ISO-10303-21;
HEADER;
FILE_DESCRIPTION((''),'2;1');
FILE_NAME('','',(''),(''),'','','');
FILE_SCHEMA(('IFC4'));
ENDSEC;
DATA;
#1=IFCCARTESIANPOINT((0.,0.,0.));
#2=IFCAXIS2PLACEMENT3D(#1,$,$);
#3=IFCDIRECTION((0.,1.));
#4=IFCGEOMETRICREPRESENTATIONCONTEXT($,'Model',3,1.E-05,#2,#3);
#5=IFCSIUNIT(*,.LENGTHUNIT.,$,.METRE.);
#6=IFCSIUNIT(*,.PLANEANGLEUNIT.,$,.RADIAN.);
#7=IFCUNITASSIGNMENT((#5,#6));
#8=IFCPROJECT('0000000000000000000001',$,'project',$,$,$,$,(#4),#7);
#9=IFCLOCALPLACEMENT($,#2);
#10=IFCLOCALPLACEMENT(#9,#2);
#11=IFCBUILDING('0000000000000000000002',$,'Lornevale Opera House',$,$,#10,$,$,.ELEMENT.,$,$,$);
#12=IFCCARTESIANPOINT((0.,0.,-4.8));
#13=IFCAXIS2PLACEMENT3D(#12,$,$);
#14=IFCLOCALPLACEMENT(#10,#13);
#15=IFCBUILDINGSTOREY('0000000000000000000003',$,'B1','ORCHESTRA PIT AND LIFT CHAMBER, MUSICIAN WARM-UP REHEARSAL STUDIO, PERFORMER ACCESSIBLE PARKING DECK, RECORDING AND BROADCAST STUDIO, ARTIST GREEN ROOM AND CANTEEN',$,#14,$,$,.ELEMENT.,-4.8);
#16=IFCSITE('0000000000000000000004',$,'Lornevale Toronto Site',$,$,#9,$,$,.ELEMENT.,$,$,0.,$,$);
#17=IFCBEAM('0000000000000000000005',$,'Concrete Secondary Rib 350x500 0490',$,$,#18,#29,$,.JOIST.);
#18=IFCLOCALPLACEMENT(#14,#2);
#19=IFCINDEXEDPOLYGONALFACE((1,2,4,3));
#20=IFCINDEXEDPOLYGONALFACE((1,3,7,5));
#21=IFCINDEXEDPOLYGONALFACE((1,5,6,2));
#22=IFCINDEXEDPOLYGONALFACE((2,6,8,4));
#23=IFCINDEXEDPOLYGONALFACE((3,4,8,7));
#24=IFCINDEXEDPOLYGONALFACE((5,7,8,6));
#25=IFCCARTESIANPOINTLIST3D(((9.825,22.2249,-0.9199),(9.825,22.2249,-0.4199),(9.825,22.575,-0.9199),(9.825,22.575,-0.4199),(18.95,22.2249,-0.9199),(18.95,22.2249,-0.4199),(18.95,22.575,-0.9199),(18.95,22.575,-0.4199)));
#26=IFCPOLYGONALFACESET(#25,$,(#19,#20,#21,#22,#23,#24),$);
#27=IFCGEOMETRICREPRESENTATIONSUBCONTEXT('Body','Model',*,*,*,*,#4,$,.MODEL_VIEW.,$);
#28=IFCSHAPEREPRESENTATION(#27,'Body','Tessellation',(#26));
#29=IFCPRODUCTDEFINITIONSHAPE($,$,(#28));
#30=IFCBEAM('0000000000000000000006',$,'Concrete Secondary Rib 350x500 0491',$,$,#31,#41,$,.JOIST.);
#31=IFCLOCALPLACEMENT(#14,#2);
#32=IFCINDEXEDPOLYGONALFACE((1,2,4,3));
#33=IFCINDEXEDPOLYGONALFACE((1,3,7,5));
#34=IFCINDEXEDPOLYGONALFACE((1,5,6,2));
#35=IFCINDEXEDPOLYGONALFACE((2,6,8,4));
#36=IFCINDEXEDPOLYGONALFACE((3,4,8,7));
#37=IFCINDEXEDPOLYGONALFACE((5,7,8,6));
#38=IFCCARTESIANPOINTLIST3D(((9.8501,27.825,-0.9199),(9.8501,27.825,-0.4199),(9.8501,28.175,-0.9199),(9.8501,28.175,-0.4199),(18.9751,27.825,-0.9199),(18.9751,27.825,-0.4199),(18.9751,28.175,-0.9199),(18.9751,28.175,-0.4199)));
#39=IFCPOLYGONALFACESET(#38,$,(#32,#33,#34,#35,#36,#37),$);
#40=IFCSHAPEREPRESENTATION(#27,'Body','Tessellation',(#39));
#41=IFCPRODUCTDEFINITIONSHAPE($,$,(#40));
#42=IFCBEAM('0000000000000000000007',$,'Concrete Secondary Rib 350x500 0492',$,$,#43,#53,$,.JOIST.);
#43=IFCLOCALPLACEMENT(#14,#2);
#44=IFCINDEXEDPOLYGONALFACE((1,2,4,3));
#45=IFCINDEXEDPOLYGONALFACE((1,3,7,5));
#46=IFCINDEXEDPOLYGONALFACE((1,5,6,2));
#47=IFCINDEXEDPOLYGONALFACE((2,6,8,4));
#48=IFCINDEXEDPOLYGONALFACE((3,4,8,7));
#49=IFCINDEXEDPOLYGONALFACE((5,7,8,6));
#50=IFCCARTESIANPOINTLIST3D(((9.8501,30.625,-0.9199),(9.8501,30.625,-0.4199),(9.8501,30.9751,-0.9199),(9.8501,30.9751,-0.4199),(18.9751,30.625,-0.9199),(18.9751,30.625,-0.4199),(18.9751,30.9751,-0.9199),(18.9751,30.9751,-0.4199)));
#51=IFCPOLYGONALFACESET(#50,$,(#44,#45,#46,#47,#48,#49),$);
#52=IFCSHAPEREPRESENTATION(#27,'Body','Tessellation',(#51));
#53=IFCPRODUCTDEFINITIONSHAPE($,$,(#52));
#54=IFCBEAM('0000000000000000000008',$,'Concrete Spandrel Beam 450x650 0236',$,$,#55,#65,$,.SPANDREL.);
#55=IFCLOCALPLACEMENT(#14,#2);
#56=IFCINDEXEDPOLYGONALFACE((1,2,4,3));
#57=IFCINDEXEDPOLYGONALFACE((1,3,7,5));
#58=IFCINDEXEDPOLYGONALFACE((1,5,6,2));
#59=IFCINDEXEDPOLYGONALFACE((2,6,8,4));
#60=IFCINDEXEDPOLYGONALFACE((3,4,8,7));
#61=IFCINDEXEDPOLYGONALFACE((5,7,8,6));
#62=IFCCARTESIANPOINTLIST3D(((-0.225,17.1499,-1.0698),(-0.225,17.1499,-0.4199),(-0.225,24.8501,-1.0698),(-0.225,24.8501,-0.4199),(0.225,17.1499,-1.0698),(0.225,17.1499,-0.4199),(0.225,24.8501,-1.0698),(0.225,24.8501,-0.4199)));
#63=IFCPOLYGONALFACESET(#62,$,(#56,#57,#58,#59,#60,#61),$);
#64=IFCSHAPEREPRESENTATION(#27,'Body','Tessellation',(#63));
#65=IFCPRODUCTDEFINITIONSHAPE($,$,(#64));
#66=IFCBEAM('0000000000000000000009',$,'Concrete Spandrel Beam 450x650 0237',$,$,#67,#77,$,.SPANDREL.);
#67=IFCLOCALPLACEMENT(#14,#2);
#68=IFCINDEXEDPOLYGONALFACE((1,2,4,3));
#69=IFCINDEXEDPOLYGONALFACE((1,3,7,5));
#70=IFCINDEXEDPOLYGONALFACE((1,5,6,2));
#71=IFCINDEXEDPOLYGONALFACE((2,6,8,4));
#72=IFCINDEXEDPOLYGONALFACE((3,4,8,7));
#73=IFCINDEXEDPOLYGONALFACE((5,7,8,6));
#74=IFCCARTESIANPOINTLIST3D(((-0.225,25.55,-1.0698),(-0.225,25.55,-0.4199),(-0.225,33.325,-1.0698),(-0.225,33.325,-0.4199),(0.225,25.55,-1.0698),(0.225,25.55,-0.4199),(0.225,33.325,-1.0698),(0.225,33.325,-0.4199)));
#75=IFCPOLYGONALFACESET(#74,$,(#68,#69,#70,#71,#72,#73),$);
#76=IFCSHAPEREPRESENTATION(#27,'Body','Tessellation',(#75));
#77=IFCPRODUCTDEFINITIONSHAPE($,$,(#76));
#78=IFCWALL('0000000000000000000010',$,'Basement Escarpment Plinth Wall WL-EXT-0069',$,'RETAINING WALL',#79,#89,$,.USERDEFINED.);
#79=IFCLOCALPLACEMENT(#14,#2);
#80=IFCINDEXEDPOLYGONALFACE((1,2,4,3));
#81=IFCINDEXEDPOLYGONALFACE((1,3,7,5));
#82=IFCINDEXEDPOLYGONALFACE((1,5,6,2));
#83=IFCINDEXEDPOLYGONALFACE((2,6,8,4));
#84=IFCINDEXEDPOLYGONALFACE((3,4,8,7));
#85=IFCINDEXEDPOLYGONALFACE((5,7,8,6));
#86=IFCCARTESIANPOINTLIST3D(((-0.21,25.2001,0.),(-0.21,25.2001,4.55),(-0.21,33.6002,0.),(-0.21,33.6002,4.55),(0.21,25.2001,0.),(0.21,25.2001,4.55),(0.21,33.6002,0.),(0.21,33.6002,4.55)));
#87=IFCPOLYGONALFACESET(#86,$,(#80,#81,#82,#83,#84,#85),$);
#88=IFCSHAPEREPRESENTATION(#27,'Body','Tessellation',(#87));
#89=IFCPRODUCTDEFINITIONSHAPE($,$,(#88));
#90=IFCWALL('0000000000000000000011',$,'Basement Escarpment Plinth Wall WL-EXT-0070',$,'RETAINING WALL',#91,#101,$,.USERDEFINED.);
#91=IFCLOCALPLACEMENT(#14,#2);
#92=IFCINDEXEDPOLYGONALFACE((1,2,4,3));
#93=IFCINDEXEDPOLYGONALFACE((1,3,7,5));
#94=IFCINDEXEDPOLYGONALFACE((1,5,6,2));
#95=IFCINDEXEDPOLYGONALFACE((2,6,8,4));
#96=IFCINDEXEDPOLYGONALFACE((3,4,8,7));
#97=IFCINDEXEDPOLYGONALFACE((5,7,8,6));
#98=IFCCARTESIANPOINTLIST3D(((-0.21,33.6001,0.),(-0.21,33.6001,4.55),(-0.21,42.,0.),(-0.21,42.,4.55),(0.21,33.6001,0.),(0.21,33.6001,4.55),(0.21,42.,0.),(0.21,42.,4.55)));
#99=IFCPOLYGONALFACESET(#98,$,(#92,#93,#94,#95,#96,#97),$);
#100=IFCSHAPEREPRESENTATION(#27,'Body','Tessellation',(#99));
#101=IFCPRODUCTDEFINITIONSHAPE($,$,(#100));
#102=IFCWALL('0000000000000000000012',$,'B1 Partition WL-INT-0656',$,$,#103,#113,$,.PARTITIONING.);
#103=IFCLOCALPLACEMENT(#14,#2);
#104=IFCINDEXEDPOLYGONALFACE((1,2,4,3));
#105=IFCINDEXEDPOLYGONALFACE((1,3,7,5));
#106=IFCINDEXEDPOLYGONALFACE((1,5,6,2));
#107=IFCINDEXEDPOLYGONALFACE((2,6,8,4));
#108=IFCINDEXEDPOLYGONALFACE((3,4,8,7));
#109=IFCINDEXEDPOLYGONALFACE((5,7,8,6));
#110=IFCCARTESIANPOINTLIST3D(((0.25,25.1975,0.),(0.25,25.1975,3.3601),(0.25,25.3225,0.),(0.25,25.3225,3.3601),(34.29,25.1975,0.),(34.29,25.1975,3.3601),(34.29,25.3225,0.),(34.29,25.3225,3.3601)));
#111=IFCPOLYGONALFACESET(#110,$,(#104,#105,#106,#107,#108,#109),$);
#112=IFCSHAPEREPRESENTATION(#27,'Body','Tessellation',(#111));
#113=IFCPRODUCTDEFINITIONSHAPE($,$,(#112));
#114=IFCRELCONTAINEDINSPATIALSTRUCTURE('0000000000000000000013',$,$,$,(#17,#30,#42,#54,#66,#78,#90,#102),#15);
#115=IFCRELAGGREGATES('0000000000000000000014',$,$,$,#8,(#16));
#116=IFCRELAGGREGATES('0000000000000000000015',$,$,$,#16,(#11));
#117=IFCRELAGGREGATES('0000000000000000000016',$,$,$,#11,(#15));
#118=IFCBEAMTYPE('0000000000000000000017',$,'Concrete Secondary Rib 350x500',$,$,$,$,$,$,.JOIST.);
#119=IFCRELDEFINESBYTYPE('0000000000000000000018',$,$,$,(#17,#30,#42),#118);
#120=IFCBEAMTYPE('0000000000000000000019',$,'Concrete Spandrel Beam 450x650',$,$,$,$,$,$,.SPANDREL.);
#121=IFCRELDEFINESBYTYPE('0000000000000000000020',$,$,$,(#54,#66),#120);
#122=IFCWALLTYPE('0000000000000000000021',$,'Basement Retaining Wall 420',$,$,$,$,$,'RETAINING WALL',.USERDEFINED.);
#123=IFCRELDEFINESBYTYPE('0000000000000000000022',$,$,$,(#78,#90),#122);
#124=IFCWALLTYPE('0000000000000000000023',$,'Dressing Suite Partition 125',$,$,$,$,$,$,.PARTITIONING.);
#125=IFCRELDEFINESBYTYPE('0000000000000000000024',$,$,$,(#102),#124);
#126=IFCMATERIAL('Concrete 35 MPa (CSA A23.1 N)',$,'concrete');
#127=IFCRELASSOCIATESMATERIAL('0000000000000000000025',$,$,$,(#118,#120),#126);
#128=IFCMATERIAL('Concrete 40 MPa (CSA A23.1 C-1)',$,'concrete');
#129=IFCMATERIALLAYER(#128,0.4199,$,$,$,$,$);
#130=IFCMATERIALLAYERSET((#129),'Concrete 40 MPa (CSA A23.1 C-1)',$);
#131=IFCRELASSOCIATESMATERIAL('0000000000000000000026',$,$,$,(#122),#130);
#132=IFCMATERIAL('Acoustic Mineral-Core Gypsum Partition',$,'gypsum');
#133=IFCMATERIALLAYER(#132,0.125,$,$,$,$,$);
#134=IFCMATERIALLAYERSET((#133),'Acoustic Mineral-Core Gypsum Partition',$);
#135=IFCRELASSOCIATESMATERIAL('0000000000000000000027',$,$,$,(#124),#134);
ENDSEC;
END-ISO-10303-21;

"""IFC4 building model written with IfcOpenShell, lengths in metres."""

from ifc_helpers import new_model, si_unit, direction, frame, frame_2d, origin, origin_2d, place, context, subcontext, project, spatial, rectangle, extrude, material, layer, layer_set, material_profile, profile_set, type_object, element, save


model = new_model("IFC4")

# Units and contexts
model_context = context("Model", 3, precision=1e-05, world=origin(), true_north=direction((0.0, 1.0)))
body_context = subcontext(model_context, "Body", "Model", "MODEL_VIEW")
ifc_project = project(units=[si_unit("LENGTHUNIT", "METRE"), si_unit("PLANEANGLEUNIT", "RADIAN")], contexts=[model_context])

# Site, building, storey
site_placement = place(None, origin())
site = spatial("IfcSite", under=ifc_project, at=site_placement, Name="Lornevale Toronto Site", CompositionType="ELEMENT", RefElevation=0.0)
building_placement = place(site_placement, origin())
building = spatial("IfcBuilding", under=site, at=building_placement, Name="Lornevale Opera House", CompositionType="ELEMENT")
storey_placement = place(building_placement, frame((0.0, 0.0, -4.8)))
storey = spatial("IfcBuildingStorey", under=building, at=storey_placement, Name="B1", Description="ORCHESTRA PIT AND LIFT CHAMBER, MUSICIAN WARM-UP REHEARSAL STUDIO, PERFORMER ACCESSIBLE PARKING DECK, RECORDING AND BROADCAST STUDIO, ARTIST GREEN ROOM AND CANTEEN", CompositionType="ELEMENT", Elevation=-4.8)

# Shared definitions
ifc_material_1 = material(Name="Concrete 35 MPa (CSA A23.1 N)", Category="concrete")
ifc_material_2 = material(Name="Concrete 40 MPa (CSA A23.1 C-1)", Category="concrete")

# Beams
ifc_material_profile_1 = material_profile(ifc_material_1, rectangle(XDim=0.3501, YDim=0.5, at=origin_2d()), Name="RC350x500")
ifc_profile_set_1 = profile_set([ifc_material_profile_1], Name="Concrete 35 MPa (CSA A23.1 N)")
beam_type_1 = type_object("IfcBeamType", Name="Concrete Secondary Rib 350x500", PredefinedType="JOIST", material=ifc_profile_set_1)
for number, where, z_axis, x_axis, name in (
    (1, (9.825, 22.3999, -0.6699), (1.0, 0.0, 0.0), (0.0, 1.0, 0.0), "Concrete Secondary Rib 350x500 0490"),
    (2, (9.8501, 28.0, -0.6699), (1.0, 0.0, 0.0), (0.0, 1.0, 0.0), "Concrete Secondary Rib 350x500 0491"),
    (3, (9.8501, 30.8, -0.6699), (1.0, 0.0, 0.0), (0.0, 1.0, 0.0), "Concrete Secondary Rib 350x500 0492"),
):
    element("IfcBeam", number, at=place(storey_placement, frame(where, z_axis=z_axis, x_axis=x_axis)), inside=storey, type_object=beam_type_1, Name=name, PredefinedType="JOIST", context=body_context, shape_type="SweptSolid", body=[
        extrude(rectangle(XDim=0.3501, YDim=0.5, at=origin_2d()), origin(), (0.0, 0.0, 1.0), 9.125),
    ])
ifc_material_profile_2 = material_profile(ifc_material_1, rectangle(XDim=0.45, YDim=0.6499, at=origin_2d()), Name="RC450x650")
ifc_profile_set_2 = profile_set([ifc_material_profile_2], Name="Concrete 35 MPa (CSA A23.1 N)")
beam_type_2 = type_object("IfcBeamType", Name="Concrete Spandrel Beam 450x650", PredefinedType="SPANDREL", material=ifc_profile_set_2)
beam_1_placement = place(storey_placement, frame((0.0, 17.1499, -0.7449), z_axis=(0.0, 1.0, 0.0), x_axis=(-1.0, 0.0, 0.0)))
element("IfcBeam", 4, at=beam_1_placement, inside=storey, type_object=beam_type_2, Name="Concrete Spandrel Beam 450x650 0236", PredefinedType="SPANDREL", context=body_context, shape_type="SweptSolid", body=[
    extrude(rectangle(XDim=0.45, YDim=0.6499, at=origin_2d()), origin(), (0.0, 0.0, 1.0), 7.7002),
])
beam_2_placement = place(storey_placement, frame((0.0, 25.55, -0.7449), z_axis=(0.0, 1.0, 0.0), x_axis=(-1.0, 0.0, 0.0)))
element("IfcBeam", 5, at=beam_2_placement, inside=storey, type_object=beam_type_2, Name="Concrete Spandrel Beam 450x650 0237", PredefinedType="SPANDREL", context=body_context, shape_type="SweptSolid", body=[
    extrude(rectangle(XDim=0.45, YDim=0.6499, at=origin_2d()), origin(), (0.0, 0.0, 1.0), 7.7749),
])

# Walls
ifc_layer_1 = layer(ifc_material_2, 0.4199)
ifc_layer_set_1 = layer_set([ifc_layer_1], Name="Concrete 40 MPa (CSA A23.1 C-1)")
wall_type_1 = type_object("IfcWallType", Name="Basement Retaining Wall 420", ElementType="RETAINING WALL", PredefinedType="USERDEFINED", material=ifc_layer_set_1)
wall_1_placement = place(storey_placement, frame((0.0, 25.2, 0.0), z_axis=(0.0, 0.0, 1.0), x_axis=(0.0, 1.0, 0.0)))
element("IfcWall", 6, at=wall_1_placement, inside=storey, type_object=wall_type_1, Name="Basement Escarpment Plinth Wall WL-EXT-0069", ObjectType="RETAINING WALL", PredefinedType="USERDEFINED", context=body_context, shape_type="SweptSolid", body=[
    extrude(rectangle(XDim=8.4001, YDim=0.4199, at=frame_2d((4.2002, 0.0))), origin(), (0.0, 0.0, 1.0), 4.55),
])
wall_2_placement = place(storey_placement, frame((0.0, 33.6001, 0.0), z_axis=(0.0, 0.0, 1.0), x_axis=(0.0, 1.0, 0.0)))
element("IfcWall", 7, at=wall_2_placement, inside=storey, type_object=wall_type_1, Name="Basement Escarpment Plinth Wall WL-EXT-0070", ObjectType="RETAINING WALL", PredefinedType="USERDEFINED", context=body_context, shape_type="SweptSolid", body=[
    extrude(rectangle(XDim=8.3999, YDim=0.4199, at=frame_2d((4.2, 0.0))), origin(), (0.0, 0.0, 1.0), 4.55),
])
ifc_material_3 = material(Name="Acoustic Mineral-Core Gypsum Partition", Category="gypsum")
ifc_layer_2 = layer(ifc_material_3, 0.125)
ifc_layer_set_2 = layer_set([ifc_layer_2], Name="Acoustic Mineral-Core Gypsum Partition")
wall_type_2 = type_object("IfcWallType", Name="Dressing Suite Partition 125", PredefinedType="PARTITIONING", material=ifc_layer_set_2)
wall_3_placement = place(storey_placement, frame((0.25, 25.26, 0.0), z_axis=(0.0, 0.0, 1.0), x_axis=(1.0, 0.0, 0.0)))
element("IfcWall", 8, at=wall_3_placement, inside=storey, type_object=wall_type_2, Name="B1 Partition WL-INT-0656", PredefinedType="PARTITIONING", context=body_context, shape_type="SweptSolid", body=[
    extrude(rectangle(XDim=34.04, YDim=0.125, at=frame_2d((17.02, 0.0))), origin(), (0.0, 0.0, 1.0), 3.3601),
])

save(model, "model.ifc")
